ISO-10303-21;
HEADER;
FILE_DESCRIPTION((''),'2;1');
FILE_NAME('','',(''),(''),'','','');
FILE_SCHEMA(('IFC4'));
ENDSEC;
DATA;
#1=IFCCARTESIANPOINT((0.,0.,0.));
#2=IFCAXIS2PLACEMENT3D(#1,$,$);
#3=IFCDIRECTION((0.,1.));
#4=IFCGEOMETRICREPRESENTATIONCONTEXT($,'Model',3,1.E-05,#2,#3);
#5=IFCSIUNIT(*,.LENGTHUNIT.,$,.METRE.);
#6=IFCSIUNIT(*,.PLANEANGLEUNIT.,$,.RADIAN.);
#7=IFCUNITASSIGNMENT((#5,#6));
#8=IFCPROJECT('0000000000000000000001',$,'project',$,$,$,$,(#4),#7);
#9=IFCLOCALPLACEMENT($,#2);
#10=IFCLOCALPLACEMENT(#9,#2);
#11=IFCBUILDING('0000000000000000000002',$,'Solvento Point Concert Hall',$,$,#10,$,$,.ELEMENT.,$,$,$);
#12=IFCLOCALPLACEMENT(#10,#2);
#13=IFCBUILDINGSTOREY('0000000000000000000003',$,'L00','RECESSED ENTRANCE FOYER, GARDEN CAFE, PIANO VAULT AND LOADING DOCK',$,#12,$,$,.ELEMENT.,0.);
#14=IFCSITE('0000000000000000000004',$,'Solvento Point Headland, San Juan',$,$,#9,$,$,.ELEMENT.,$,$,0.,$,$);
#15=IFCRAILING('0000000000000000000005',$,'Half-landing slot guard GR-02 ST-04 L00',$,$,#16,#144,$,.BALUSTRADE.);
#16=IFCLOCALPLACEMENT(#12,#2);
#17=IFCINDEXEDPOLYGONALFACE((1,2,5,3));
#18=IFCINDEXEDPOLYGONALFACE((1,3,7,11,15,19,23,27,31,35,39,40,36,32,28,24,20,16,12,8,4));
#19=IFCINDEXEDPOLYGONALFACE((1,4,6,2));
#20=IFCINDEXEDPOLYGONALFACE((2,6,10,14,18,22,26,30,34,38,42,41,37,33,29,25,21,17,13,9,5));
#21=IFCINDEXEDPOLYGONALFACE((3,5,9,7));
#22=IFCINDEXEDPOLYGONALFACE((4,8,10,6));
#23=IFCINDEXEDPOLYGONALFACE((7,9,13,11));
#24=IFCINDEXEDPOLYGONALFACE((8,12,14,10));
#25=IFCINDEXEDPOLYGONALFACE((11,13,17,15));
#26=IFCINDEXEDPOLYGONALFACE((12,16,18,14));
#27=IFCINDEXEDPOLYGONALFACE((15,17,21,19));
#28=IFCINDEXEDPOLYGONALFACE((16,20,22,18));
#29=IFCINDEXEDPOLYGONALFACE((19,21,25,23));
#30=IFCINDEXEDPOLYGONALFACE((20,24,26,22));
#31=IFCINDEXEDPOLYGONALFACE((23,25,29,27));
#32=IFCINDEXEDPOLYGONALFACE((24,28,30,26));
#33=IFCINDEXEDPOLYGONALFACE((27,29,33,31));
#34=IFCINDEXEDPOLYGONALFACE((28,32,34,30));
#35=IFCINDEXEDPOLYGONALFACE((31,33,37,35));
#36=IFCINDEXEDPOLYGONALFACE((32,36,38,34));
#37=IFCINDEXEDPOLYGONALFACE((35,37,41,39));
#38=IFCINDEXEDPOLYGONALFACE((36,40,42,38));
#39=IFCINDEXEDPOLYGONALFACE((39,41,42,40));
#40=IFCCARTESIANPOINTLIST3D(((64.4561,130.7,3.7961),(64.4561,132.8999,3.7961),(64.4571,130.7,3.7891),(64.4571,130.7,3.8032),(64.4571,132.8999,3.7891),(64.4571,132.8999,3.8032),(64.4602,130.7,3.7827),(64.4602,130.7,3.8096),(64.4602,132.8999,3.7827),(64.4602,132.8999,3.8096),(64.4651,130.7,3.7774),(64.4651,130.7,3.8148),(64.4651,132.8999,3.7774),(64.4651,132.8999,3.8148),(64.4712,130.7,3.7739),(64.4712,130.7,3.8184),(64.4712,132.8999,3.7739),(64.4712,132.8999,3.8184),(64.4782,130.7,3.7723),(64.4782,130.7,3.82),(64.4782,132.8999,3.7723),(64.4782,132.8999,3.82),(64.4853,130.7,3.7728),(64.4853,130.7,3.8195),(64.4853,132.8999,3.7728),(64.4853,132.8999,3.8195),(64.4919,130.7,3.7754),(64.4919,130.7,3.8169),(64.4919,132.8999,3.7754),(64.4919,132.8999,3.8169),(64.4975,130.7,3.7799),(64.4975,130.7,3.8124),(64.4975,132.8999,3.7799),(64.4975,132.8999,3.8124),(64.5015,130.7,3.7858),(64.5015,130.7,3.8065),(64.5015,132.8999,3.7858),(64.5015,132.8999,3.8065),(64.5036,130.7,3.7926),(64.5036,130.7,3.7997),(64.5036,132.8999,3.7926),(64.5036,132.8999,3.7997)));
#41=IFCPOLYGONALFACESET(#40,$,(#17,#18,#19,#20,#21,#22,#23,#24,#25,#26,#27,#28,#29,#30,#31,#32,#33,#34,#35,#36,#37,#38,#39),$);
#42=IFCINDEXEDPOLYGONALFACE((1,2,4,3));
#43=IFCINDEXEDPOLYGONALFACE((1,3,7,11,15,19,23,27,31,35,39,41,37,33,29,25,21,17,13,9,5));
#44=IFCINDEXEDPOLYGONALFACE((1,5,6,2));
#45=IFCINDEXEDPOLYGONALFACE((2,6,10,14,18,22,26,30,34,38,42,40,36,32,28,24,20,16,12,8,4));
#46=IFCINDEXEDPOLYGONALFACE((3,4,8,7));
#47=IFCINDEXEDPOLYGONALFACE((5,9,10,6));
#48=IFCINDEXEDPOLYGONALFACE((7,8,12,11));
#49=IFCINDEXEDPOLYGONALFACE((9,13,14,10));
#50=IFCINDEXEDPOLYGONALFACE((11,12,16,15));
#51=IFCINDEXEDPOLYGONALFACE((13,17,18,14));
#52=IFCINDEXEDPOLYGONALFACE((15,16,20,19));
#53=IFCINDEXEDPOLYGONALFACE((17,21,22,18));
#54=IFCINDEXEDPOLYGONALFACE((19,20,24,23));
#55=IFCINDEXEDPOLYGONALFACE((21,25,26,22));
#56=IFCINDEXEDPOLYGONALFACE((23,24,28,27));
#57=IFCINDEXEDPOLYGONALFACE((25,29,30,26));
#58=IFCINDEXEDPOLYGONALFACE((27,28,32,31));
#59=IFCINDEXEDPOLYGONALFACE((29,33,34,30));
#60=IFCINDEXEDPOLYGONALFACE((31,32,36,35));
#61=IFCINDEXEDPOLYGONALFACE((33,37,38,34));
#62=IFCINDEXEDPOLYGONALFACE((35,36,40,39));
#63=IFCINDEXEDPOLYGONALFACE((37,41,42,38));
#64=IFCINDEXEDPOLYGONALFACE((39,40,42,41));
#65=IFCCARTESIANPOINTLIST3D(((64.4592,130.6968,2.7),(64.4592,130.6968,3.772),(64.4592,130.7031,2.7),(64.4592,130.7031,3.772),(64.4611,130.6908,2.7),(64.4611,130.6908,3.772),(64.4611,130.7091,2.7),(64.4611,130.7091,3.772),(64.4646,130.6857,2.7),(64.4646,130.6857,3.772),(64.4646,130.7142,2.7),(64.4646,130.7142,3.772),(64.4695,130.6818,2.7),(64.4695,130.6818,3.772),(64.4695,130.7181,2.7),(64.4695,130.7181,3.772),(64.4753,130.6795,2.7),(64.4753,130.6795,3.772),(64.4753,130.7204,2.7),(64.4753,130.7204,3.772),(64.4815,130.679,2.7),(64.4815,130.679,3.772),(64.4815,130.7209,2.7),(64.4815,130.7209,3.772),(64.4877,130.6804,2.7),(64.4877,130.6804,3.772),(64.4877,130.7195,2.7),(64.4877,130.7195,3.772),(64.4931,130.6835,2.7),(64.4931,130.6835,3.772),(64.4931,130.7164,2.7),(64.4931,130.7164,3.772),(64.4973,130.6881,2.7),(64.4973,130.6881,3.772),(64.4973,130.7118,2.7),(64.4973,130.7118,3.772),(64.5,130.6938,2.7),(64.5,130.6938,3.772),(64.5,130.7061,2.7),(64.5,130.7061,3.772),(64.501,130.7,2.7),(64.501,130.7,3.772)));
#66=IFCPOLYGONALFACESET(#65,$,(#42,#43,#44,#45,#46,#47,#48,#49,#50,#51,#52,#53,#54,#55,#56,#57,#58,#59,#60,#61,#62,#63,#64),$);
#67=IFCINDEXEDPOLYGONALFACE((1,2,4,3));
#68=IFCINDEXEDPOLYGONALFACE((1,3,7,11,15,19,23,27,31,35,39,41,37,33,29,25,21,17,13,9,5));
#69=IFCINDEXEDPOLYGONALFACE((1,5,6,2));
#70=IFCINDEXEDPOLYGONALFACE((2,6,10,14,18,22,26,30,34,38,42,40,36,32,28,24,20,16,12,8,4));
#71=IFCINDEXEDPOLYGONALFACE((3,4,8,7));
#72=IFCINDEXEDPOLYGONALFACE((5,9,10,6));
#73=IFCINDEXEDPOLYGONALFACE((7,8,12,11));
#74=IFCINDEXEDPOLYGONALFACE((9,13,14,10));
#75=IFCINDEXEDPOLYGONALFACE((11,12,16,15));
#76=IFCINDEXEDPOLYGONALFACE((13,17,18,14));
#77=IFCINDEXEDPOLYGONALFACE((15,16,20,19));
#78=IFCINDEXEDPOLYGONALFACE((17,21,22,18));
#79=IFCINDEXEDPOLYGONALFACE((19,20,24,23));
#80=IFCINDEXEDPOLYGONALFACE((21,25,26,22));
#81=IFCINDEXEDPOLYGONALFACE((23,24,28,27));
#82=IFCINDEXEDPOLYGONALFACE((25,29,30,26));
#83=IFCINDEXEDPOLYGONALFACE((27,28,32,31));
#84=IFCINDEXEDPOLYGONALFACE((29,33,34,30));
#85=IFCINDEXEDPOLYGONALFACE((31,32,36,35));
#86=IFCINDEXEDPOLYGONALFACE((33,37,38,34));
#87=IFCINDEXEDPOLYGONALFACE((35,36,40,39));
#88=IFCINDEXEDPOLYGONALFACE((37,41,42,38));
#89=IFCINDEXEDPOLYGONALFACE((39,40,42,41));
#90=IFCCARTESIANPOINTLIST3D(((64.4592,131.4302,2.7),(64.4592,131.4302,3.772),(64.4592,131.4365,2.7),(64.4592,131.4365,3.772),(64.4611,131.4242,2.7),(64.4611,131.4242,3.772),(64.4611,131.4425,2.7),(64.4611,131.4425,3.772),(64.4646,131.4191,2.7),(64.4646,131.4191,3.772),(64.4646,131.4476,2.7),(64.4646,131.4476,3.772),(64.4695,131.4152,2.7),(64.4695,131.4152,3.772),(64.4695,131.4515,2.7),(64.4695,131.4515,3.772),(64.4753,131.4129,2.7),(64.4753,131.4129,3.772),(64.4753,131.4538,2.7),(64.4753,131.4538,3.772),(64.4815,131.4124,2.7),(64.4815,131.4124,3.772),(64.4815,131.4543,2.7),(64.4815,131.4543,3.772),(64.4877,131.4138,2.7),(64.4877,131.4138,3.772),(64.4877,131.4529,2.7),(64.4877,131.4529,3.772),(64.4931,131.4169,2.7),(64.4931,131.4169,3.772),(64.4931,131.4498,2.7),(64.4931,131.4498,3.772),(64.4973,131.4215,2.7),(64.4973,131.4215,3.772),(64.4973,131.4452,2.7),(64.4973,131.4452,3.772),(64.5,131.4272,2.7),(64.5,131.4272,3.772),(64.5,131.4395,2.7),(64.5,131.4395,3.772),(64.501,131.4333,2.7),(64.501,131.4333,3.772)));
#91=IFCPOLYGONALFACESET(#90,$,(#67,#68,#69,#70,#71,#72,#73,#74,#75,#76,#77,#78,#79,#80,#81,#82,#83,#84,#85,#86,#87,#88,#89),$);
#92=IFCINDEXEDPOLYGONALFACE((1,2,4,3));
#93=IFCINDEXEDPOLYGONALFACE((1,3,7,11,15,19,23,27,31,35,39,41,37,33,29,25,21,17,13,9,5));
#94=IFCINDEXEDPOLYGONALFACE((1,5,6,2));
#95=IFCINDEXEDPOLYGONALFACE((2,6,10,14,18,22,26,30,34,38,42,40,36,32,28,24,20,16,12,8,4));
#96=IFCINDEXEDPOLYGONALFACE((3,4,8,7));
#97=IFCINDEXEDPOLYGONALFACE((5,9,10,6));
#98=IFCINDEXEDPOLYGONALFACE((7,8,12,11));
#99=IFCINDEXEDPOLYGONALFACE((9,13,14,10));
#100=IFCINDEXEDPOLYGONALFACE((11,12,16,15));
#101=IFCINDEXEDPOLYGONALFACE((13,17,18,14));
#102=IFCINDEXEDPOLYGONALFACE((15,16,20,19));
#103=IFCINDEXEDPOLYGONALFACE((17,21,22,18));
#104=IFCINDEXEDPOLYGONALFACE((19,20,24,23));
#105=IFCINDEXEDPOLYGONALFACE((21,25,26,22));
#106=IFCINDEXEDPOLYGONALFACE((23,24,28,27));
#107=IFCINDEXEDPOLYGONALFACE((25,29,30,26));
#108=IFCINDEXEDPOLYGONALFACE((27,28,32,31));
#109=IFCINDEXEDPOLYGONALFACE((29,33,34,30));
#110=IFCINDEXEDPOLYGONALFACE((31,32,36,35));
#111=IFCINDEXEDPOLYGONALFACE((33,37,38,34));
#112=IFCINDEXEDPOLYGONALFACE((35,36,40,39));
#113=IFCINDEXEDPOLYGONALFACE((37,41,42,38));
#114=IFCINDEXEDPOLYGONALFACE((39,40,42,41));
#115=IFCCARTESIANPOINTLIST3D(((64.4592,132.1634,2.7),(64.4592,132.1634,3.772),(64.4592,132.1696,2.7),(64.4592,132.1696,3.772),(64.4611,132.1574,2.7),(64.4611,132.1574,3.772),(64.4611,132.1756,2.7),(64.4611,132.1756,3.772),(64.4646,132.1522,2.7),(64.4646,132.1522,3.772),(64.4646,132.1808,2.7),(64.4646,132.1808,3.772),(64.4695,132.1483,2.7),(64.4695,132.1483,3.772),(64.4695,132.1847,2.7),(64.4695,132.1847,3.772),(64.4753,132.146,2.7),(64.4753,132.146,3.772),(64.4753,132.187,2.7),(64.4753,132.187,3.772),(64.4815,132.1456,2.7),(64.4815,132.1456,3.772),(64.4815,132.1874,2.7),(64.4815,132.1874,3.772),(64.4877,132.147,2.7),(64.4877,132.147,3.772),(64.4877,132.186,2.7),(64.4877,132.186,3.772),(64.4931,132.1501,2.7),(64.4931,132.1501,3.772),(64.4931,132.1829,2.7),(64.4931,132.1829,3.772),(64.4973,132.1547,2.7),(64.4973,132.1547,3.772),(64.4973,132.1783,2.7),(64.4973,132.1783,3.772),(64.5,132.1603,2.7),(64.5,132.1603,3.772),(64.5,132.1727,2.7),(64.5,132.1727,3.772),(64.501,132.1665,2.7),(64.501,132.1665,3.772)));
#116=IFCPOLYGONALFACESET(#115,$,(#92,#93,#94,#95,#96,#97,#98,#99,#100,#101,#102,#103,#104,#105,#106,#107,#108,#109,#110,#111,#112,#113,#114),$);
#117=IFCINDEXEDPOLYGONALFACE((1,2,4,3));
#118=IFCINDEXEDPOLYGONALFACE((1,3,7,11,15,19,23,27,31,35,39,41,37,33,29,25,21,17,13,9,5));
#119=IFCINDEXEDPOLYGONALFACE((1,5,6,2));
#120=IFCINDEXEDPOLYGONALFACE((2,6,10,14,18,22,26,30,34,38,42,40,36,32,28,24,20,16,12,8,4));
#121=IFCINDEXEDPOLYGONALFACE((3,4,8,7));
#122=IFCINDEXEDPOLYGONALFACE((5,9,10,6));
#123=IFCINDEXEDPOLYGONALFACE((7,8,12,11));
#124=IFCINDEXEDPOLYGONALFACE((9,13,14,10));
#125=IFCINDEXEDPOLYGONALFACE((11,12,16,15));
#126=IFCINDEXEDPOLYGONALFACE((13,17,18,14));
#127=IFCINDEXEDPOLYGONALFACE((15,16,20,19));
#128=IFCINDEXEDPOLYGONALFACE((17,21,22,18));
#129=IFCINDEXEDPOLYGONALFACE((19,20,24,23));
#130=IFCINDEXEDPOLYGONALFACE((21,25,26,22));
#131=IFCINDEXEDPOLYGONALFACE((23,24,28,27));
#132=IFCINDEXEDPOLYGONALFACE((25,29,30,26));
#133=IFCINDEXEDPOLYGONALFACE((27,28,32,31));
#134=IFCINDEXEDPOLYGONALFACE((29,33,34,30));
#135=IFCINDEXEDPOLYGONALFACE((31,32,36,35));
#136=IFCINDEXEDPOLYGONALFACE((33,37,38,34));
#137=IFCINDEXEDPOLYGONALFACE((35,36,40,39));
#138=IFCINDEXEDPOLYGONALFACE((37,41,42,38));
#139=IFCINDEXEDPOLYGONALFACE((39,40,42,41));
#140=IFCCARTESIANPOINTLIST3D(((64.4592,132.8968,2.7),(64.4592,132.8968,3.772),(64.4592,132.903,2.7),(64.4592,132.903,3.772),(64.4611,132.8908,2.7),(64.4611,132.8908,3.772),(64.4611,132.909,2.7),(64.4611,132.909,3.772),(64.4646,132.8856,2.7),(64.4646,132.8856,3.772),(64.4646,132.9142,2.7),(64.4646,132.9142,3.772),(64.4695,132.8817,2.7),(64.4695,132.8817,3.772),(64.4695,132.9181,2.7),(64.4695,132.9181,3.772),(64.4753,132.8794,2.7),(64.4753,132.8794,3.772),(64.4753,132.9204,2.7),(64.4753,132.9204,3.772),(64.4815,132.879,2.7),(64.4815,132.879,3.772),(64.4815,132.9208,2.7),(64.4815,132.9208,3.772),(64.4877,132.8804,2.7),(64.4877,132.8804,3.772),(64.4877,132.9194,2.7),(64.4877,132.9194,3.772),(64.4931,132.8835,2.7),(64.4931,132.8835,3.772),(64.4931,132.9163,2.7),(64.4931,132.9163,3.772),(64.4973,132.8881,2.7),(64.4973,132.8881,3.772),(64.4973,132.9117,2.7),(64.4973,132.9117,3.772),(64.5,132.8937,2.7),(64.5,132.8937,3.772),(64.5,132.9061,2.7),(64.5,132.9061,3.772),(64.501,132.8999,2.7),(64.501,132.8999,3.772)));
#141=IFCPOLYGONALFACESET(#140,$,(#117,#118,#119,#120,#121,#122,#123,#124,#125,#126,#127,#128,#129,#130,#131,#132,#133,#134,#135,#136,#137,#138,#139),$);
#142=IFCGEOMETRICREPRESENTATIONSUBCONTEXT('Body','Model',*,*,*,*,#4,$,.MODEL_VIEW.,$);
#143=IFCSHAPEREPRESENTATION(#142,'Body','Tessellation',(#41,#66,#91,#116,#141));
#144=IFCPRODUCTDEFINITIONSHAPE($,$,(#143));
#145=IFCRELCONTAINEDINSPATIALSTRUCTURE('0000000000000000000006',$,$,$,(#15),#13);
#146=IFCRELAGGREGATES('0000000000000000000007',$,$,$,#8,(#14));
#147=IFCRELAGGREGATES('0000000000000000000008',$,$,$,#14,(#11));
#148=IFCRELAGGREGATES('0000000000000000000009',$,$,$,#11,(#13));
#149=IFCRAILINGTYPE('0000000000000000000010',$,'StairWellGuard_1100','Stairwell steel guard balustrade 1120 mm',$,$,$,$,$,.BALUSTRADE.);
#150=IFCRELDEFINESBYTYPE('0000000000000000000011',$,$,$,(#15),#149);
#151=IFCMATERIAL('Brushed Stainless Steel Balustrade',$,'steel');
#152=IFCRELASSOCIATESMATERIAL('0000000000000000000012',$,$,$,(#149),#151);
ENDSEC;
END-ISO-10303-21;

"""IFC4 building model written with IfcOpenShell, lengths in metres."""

from ifc_helpers import new_model, si_unit, direction, frame, origin, origin_2d, place, context, subcontext, project, spatial, circle, extrude, material, type_object, element, save


model = new_model("IFC4")

# Units and contexts
model_context = context("Model", 3, precision=1e-05, world=origin(), true_north=direction((0.0, 1.0)))
body_context = subcontext(model_context, "Body", "Model", "MODEL_VIEW")
ifc_project = project(units=[si_unit("LENGTHUNIT", "METRE"), si_unit("PLANEANGLEUNIT", "RADIAN")], contexts=[model_context])

# Site, building, storey
site_placement = place(None, origin())
site = spatial("IfcSite", under=ifc_project, at=site_placement, Name="Solvento Point Headland, San Juan", CompositionType="ELEMENT", RefElevation=0.0)
building_placement = place(site_placement, origin())
building = spatial("IfcBuilding", under=site, at=building_placement, Name="Solvento Point Concert Hall", CompositionType="ELEMENT")
storey_placement = place(building_placement, origin())
storey = spatial("IfcBuildingStorey", under=building, at=storey_placement, Name="L00", Description="RECESSED ENTRANCE FOYER, GARDEN CAFE, PIANO VAULT AND LOADING DOCK", CompositionType="ELEMENT", Elevation=0.0)

# Railing
ifc_material_1 = material(Name="Brushed Stainless Steel Balustrade", Category="steel")
railing_type_1 = type_object("IfcRailingType", Name="StairWellGuard_1100", Description="Stairwell steel guard balustrade 1120 mm", PredefinedType="BALUSTRADE", material=ifc_material_1)
railing_1_placement = place(storey_placement, frame((64.48, 130.7, 2.7)))
element("IfcRailing", 1, at=railing_1_placement, inside=storey, type_object=railing_type_1, Name="Half-landing slot guard GR-02 ST-04 L00", PredefinedType="BALUSTRADE", context=body_context, shape_type="SweptSolid", body=[
    extrude(circle(Radius=0.0239, at=origin_2d()), frame((0.0, 0.0, 1.0962), z_axis=(0.0, 1.0, 0.0), x_axis=(-1.0, 0.0, 0.0)), (0.0, 0.0, 1.0), 2.2),
    extrude(circle(Radius=0.021, at=origin_2d()), origin(), (0.0, 0.0, 1.0), 1.072),
    extrude(circle(Radius=0.021, at=origin_2d()), frame((0.0, 0.7334, 0.0)), (0.0, 0.0, 1.0), 1.072),
    extrude(circle(Radius=0.021, at=origin_2d()), frame((0.0, 1.4666, 0.0)), (0.0, 0.0, 1.0), 1.072),
    extrude(circle(Radius=0.021, at=origin_2d()), frame((0.0, 2.2, 0.0)), (0.0, 0.0, 1.0), 1.072),
])

save(model, "model.ifc")
